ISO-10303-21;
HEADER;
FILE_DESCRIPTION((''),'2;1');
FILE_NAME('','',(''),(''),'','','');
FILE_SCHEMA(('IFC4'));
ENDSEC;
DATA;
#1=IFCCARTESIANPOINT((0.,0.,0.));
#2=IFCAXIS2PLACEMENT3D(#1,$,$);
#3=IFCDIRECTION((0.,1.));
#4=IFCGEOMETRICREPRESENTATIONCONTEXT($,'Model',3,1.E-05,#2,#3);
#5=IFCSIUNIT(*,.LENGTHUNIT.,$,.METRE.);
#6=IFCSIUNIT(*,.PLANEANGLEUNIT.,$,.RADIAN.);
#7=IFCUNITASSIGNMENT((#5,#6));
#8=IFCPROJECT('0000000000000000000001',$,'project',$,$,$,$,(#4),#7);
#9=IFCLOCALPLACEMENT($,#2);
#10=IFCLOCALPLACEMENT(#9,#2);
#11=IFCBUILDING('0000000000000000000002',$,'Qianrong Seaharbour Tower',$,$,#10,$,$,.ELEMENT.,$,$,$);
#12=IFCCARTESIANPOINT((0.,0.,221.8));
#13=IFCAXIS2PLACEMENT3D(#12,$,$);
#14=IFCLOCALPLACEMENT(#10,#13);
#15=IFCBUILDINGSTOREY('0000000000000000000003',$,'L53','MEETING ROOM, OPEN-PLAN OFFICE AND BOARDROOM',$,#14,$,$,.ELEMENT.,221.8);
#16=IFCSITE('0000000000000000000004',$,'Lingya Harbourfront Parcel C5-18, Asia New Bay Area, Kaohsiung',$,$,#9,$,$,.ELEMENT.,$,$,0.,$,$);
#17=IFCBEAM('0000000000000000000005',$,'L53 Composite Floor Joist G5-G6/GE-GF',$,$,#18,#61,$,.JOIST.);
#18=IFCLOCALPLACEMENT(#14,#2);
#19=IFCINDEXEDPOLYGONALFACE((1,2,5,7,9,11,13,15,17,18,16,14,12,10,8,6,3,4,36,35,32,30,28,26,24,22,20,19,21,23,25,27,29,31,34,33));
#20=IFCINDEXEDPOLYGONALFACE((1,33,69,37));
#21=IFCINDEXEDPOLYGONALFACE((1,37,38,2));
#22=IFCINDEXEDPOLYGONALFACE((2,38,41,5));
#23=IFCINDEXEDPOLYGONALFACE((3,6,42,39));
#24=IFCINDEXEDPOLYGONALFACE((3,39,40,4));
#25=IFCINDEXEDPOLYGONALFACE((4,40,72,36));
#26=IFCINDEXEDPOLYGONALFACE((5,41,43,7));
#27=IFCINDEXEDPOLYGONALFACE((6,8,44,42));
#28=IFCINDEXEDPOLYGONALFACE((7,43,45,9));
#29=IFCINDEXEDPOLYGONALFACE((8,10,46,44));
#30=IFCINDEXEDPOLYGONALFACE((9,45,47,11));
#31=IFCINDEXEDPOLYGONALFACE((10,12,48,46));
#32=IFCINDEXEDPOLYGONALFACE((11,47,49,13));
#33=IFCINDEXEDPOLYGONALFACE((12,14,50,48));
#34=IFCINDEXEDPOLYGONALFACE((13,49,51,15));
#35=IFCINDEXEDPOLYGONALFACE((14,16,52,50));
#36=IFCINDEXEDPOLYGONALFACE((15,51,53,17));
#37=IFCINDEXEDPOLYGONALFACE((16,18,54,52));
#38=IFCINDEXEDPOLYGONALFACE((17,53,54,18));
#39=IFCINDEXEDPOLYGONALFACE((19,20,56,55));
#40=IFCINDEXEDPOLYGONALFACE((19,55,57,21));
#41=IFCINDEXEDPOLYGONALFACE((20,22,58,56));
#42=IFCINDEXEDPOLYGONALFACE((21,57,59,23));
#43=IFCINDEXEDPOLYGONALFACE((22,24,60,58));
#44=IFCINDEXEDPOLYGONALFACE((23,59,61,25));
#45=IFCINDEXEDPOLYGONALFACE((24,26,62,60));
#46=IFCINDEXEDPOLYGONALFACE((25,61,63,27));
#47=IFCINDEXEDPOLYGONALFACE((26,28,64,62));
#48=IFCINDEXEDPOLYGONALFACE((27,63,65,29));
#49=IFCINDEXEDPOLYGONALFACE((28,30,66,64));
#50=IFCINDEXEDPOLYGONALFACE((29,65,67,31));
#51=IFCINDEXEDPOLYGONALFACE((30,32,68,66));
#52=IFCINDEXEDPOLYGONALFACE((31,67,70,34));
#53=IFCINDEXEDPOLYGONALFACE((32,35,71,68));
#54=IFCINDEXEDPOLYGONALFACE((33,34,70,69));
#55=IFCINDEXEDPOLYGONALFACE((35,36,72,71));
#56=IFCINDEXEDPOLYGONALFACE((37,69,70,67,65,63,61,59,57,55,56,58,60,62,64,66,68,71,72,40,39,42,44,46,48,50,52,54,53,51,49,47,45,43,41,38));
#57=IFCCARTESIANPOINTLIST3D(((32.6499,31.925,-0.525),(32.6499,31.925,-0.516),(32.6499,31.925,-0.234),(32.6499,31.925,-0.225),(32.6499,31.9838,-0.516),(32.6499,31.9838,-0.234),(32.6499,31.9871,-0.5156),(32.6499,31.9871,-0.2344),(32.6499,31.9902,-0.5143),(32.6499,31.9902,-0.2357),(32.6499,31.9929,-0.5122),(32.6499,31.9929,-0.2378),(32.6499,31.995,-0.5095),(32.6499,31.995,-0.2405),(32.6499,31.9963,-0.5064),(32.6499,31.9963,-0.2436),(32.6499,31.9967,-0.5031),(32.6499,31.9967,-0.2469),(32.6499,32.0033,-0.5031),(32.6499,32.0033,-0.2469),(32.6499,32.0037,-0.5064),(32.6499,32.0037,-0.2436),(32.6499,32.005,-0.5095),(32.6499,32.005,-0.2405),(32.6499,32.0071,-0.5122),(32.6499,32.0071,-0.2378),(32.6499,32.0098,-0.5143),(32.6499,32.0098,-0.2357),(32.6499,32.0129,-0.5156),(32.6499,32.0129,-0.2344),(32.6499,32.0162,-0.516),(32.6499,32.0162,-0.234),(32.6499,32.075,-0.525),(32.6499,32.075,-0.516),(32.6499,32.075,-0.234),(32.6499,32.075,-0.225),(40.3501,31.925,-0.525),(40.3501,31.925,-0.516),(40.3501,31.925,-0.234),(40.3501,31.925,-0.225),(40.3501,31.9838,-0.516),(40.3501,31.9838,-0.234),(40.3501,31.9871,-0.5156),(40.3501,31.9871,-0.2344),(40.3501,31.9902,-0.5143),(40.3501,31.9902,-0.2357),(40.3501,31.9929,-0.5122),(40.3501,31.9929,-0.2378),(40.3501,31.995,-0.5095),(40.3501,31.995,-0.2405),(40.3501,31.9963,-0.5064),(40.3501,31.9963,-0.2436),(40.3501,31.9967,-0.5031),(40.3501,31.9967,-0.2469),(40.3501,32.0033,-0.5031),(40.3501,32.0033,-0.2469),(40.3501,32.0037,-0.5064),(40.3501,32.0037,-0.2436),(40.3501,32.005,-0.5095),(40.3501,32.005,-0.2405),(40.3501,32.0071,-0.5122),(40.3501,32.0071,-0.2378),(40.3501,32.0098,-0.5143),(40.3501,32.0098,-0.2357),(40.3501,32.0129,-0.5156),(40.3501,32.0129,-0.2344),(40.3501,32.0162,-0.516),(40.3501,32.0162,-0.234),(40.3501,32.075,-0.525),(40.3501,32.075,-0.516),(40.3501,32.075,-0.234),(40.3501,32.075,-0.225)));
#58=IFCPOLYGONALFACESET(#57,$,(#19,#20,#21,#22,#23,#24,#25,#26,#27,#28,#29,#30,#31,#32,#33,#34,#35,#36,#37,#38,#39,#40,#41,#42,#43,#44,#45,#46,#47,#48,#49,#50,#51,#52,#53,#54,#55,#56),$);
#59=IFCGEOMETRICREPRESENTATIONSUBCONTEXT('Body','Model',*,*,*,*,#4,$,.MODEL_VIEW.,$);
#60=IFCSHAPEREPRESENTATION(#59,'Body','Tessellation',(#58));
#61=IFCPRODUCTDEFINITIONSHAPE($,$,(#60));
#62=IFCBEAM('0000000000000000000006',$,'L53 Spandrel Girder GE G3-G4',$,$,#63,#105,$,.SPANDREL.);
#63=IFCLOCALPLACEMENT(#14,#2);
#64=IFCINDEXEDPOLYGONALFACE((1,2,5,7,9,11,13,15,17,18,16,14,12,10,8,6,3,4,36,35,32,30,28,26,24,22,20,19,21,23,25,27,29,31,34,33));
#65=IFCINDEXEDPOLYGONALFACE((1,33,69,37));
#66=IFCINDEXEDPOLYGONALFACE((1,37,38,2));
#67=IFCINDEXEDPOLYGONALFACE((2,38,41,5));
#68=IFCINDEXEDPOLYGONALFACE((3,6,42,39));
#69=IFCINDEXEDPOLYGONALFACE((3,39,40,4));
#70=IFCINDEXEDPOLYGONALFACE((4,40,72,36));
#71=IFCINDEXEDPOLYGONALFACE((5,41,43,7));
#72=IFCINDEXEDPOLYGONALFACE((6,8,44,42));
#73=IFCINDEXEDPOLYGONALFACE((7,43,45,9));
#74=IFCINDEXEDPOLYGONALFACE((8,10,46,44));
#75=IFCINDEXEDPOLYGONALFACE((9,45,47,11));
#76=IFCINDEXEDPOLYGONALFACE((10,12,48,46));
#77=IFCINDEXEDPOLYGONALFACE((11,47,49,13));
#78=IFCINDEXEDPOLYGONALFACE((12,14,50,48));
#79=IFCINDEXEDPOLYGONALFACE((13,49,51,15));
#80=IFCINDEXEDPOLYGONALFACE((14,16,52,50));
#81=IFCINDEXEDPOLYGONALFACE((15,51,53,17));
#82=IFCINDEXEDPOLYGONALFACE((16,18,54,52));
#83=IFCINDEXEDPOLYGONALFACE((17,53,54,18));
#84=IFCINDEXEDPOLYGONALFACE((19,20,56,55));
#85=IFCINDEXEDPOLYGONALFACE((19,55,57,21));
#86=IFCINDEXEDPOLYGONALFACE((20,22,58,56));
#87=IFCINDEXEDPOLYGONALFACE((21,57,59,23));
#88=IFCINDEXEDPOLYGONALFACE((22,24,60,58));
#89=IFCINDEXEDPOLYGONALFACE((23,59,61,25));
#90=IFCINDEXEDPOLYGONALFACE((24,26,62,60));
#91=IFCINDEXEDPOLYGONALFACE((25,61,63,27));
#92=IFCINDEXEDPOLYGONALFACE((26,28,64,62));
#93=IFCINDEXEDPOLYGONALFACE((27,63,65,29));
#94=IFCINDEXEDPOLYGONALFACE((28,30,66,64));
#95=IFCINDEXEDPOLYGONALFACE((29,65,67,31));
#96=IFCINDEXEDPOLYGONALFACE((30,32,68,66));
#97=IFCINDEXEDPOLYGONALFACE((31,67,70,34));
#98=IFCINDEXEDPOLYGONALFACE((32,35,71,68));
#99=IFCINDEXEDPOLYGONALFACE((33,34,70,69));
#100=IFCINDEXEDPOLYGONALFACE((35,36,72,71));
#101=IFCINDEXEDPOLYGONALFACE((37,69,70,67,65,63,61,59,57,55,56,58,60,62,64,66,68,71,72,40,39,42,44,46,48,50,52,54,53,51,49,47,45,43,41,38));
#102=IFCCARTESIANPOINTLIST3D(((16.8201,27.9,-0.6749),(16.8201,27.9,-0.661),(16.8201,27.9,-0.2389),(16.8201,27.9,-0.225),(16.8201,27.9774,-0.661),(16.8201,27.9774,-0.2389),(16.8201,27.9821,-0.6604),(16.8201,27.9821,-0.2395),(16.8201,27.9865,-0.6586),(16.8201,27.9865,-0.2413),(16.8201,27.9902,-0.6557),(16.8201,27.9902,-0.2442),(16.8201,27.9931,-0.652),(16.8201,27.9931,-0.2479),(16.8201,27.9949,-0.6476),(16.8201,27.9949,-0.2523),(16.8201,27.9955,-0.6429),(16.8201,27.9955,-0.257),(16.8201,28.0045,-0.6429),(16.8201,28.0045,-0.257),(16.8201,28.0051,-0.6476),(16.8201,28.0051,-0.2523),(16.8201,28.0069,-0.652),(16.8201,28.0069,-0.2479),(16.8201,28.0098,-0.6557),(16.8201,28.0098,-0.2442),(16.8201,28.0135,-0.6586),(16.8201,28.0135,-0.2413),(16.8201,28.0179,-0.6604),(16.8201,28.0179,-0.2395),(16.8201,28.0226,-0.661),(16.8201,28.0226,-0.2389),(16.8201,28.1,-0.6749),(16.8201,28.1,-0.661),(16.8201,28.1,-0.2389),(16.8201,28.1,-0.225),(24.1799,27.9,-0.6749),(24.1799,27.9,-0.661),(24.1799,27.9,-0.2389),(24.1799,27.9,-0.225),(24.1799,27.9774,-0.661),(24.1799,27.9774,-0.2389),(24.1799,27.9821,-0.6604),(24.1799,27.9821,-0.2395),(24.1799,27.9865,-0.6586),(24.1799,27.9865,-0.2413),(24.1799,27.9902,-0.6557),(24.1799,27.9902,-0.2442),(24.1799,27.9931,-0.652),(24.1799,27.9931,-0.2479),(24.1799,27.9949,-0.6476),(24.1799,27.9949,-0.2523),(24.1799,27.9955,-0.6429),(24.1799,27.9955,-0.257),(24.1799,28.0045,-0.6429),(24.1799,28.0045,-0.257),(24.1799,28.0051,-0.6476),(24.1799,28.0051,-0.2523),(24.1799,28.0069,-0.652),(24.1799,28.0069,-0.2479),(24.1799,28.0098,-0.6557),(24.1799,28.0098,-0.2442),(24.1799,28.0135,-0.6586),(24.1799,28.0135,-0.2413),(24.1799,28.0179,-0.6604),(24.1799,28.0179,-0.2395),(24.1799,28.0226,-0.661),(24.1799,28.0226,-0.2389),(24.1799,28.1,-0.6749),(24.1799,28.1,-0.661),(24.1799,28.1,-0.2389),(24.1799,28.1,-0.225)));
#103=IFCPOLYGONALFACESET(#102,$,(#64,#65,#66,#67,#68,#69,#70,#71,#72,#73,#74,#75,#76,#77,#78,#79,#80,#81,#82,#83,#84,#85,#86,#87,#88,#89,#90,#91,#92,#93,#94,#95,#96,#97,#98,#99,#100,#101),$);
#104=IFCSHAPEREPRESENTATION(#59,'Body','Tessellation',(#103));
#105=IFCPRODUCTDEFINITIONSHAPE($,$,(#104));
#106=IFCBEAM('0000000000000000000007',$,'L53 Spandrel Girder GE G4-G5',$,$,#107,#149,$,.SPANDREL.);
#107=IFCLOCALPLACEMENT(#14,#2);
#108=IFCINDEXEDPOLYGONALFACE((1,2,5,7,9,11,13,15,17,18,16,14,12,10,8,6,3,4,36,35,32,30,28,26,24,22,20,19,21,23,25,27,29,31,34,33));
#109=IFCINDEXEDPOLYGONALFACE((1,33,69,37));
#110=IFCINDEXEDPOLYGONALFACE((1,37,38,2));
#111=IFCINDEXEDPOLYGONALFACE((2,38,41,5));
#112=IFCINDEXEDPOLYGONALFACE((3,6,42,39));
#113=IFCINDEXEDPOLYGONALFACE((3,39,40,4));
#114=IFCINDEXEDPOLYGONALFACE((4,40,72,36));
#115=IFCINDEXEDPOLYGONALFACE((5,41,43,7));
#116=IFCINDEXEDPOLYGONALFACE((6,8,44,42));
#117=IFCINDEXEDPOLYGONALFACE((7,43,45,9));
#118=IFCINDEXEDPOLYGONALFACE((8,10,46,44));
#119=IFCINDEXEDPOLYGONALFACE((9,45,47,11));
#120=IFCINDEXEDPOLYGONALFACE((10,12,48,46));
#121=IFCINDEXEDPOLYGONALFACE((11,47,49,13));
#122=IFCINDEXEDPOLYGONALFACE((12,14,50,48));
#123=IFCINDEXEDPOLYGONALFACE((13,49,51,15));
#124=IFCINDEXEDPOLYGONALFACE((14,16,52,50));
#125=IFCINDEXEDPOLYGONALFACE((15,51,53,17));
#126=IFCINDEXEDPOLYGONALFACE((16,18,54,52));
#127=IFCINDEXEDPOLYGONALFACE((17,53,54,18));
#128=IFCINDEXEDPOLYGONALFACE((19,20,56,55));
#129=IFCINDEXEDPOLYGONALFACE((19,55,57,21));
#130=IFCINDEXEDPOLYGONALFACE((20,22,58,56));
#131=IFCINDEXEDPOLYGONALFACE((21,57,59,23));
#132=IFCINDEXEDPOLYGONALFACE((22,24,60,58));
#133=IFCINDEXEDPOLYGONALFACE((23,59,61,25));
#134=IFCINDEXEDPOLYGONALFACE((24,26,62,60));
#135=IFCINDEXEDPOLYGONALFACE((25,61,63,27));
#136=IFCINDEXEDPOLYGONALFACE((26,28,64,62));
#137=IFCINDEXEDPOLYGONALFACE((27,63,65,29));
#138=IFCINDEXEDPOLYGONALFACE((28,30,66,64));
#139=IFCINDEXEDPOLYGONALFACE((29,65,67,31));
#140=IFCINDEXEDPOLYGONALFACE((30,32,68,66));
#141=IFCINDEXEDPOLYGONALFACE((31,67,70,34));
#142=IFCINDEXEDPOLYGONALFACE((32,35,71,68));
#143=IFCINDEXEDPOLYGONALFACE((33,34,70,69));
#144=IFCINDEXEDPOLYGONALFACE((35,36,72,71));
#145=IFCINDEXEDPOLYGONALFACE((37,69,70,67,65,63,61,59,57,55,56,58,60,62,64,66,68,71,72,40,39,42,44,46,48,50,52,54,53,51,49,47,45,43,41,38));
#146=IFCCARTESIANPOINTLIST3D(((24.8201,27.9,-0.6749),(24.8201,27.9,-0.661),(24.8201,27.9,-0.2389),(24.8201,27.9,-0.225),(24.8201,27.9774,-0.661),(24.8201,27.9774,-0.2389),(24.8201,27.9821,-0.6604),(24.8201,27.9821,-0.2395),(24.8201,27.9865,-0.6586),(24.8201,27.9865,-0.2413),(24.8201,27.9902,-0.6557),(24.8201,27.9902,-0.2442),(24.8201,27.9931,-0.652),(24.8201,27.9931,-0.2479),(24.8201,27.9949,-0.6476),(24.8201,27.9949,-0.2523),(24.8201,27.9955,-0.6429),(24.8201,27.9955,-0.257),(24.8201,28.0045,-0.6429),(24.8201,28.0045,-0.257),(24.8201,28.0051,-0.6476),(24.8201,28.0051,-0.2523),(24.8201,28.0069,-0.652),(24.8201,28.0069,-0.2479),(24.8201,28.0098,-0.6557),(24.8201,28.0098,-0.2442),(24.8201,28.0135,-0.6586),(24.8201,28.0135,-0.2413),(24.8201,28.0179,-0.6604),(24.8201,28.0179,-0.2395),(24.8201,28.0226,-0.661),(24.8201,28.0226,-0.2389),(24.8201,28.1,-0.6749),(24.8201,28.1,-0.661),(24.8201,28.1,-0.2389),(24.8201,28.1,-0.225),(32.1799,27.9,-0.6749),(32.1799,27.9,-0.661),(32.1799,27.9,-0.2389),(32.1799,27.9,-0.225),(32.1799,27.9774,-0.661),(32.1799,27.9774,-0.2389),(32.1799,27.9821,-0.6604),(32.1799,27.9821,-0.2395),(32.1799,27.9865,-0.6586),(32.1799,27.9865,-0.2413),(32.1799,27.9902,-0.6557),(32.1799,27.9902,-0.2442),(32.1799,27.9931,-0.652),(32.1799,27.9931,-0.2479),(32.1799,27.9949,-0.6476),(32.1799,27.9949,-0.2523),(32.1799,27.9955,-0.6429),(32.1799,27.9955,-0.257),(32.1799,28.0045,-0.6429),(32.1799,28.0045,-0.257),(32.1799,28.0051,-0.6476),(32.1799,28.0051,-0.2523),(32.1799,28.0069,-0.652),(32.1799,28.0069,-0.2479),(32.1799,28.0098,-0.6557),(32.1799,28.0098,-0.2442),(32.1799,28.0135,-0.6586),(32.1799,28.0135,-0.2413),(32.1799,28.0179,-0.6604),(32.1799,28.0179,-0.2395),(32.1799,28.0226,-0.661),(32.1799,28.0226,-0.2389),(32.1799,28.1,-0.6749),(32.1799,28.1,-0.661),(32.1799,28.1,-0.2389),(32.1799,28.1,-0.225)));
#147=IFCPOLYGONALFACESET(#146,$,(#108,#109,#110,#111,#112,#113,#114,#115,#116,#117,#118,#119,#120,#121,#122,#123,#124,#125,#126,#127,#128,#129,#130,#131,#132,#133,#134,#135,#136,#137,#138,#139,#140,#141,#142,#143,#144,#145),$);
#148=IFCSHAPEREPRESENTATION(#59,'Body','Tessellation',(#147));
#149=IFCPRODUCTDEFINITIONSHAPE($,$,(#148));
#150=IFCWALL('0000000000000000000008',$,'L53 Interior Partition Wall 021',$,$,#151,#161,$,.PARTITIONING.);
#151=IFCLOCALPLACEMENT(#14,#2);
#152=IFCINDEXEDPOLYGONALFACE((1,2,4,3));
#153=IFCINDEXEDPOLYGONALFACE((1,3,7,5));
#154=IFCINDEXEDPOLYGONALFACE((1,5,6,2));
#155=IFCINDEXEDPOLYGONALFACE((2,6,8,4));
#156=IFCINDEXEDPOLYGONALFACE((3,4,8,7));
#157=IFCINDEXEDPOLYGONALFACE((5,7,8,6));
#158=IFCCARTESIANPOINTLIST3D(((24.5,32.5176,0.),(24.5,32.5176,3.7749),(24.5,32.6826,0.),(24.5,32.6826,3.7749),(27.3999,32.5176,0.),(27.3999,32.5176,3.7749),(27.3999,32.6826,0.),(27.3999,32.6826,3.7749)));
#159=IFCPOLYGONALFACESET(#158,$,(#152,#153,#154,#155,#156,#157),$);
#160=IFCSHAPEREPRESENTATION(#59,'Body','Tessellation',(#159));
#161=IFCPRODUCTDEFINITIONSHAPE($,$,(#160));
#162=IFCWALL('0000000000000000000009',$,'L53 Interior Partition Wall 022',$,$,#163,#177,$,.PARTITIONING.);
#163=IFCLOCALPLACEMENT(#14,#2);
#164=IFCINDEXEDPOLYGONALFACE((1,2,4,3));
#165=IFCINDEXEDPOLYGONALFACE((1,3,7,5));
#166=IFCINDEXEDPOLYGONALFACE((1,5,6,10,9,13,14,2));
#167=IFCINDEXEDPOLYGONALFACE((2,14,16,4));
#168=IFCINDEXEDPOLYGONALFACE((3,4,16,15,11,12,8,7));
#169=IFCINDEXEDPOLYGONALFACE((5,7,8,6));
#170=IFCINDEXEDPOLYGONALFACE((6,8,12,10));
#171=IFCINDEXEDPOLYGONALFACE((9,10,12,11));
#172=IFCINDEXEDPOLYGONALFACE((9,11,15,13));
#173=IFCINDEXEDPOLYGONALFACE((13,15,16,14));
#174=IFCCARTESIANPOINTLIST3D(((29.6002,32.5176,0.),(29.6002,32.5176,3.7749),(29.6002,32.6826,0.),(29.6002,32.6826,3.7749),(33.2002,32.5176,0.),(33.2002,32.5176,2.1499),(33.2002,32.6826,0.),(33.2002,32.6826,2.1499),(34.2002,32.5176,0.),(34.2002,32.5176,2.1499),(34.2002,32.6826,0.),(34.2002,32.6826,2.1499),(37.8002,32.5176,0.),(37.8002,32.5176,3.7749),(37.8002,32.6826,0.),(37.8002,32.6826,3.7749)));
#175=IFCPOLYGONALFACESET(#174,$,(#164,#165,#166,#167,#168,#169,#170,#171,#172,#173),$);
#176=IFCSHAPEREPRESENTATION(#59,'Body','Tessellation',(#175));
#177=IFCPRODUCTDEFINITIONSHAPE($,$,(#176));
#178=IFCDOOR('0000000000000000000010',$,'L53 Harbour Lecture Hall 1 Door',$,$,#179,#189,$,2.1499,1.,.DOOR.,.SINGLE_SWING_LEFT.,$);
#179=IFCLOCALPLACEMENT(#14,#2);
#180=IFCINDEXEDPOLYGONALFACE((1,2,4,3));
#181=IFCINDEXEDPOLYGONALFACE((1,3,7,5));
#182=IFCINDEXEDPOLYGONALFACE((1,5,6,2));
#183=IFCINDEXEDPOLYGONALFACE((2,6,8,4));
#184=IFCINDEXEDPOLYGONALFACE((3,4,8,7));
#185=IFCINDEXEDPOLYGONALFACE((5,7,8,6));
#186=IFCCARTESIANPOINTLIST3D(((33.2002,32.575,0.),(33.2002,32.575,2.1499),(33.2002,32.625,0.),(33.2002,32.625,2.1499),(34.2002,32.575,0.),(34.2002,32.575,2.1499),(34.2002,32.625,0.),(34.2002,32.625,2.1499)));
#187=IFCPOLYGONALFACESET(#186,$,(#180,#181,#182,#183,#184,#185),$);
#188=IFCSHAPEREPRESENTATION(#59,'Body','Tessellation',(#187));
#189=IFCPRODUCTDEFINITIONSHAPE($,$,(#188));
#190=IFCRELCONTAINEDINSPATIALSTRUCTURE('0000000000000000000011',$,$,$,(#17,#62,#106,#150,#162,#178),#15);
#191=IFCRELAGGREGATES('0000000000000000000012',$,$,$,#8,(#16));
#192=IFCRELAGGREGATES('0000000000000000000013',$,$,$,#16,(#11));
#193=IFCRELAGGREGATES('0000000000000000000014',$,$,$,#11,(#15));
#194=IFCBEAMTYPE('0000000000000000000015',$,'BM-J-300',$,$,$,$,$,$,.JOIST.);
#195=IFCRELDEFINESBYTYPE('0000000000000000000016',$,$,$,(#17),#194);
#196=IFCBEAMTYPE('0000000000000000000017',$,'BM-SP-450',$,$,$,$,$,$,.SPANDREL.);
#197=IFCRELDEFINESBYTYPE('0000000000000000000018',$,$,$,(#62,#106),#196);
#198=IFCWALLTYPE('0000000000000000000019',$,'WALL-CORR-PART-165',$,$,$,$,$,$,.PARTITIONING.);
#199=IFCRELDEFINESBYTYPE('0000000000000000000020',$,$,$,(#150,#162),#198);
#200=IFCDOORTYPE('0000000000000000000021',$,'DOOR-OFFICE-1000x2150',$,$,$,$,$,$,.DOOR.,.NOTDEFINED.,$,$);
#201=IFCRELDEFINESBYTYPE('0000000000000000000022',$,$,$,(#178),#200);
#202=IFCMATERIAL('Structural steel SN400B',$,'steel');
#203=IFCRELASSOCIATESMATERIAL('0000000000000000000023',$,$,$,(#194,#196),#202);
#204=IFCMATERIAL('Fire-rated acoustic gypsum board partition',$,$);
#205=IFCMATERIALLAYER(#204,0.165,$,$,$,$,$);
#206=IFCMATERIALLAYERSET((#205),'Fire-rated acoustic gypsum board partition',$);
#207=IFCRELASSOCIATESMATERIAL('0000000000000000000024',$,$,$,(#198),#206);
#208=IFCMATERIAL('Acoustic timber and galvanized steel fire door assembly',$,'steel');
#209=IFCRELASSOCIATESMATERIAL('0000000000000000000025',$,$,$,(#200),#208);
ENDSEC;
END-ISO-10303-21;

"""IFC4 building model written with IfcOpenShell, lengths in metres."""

from ifc_helpers import new_model, si_unit, direction, frame, frame_2d, origin, origin_2d, place, context, subcontext, project, spatial, rectangle, i_section, extrude, material, layer, layer_set, material_profile, profile_set, type_object, element, fill, save


model = new_model("IFC4")

# Units and contexts
model_context = context("Model", 3, precision=1e-05, world=origin(), true_north=direction((0.0, 1.0)))
body_context = subcontext(model_context, "Body", "Model", "MODEL_VIEW")
ifc_project = project(units=[si_unit("LENGTHUNIT", "METRE"), si_unit("PLANEANGLEUNIT", "RADIAN")], contexts=[model_context])

# Site, building, storey
site_placement = place(None, origin())
site = spatial("IfcSite", under=ifc_project, at=site_placement, Name="Lingya Harbourfront Parcel C5-18, Asia New Bay Area, Kaohsiung", CompositionType="ELEMENT", RefElevation=0.0)
building_placement = place(site_placement, origin())
building = spatial("IfcBuilding", under=site, at=building_placement, Name="Qianrong Seaharbour Tower", CompositionType="ELEMENT")
storey_placement = place(building_placement, frame((0.0, 0.0, 221.8)))
storey = spatial("IfcBuildingStorey", under=building, at=storey_placement, Name="L53", Description="MEETING ROOM, OPEN-PLAN OFFICE AND BOARDROOM", CompositionType="ELEMENT", Elevation=221.8)

# Beams
ifc_material_1 = material(Name="Structural steel SN400B", Category="steel")
ifc_material_profile_1 = material_profile(ifc_material_1, i_section(OverallWidth=0.1499, OverallDepth=0.3, WebThickness=0.0066, FlangeThickness=0.009, FilletRadius=0.0129, at=origin_2d()), Name="H300x150x6.5x9")
ifc_profile_set_1 = profile_set([ifc_material_profile_1], Name="Structural steel SN400B")
beam_type_1 = type_object("IfcBeamType", Name="BM-J-300", PredefinedType="JOIST", material=ifc_profile_set_1)
for number, where, z_axis, x_axis, name in (
    (1, (32.6499, 32.0, -0.375), (1.0, 0.0, 0.0), (0.0, 1.0, 0.0), "L53 Composite Floor Joist G5-G6/GE-GF"),
):
    element("IfcBeam", number, at=place(storey_placement, frame(where, z_axis=z_axis, x_axis=x_axis)), inside=storey, type_object=beam_type_1, Name=name, PredefinedType="JOIST", context=body_context, shape_type="SweptSolid", body=[
        extrude(i_section(OverallWidth=0.1499, OverallDepth=0.3, WebThickness=0.0066, FlangeThickness=0.009, FilletRadius=0.0129, at=origin_2d()), origin(), (0.0, 0.0, 1.0), 7.7002),
    ])
ifc_material_profile_2 = material_profile(ifc_material_1, i_section(OverallWidth=0.2, OverallDepth=0.45, WebThickness=0.009, FlangeThickness=0.0139, FilletRadius=0.0181, at=origin_2d()), Name="H450x200x9x14")
ifc_profile_set_2 = profile_set([ifc_material_profile_2], Name="Structural steel SN400B")
beam_type_2 = type_object("IfcBeamType", Name="BM-SP-450", PredefinedType="SPANDREL", material=ifc_profile_set_2)
for number, where, z_axis, x_axis, name in (
    (2, (16.8201, 28.0, -0.45), (1.0, 0.0, 0.0), (0.0, 1.0, 0.0), "L53 Spandrel Girder GE G3-G4"),
    (3, (24.8201, 28.0, -0.45), (1.0, 0.0, 0.0), (0.0, 1.0, 0.0), "L53 Spandrel Girder GE G4-G5"),
):
    element("IfcBeam", number, at=place(storey_placement, frame(where, z_axis=z_axis, x_axis=x_axis)), inside=storey, type_object=beam_type_2, Name=name, PredefinedType="SPANDREL", context=body_context, shape_type="SweptSolid", body=[
        extrude(i_section(OverallWidth=0.2, OverallDepth=0.45, WebThickness=0.009, FlangeThickness=0.0139, FilletRadius=0.0181, at=origin_2d()), origin(), (0.0, 0.0, 1.0), 7.3599),
    ])

# Wall
ifc_material_2 = material(Name="Fire-rated acoustic gypsum board partition")
ifc_layer = layer(ifc_material_2, 0.165)
ifc_layer_set = layer_set([ifc_layer], Name="Fire-rated acoustic gypsum board partition")
wall_type = type_object("IfcWallType", Name="WALL-CORR-PART-165", PredefinedType="PARTITIONING", material=ifc_layer_set)
wall_1_placement = place(storey_placement, frame((24.5, 32.6001, 0.0), z_axis=(0.0, 0.0, 1.0), x_axis=(1.0, 0.0, 0.0)))
element("IfcWall", 4, at=wall_1_placement, inside=storey, type_object=wall_type, Name="L53 Interior Partition Wall 021", PredefinedType="PARTITIONING", context=body_context, shape_type="SweptSolid", body=[
    extrude(rectangle(XDim=2.8999, YDim=0.165, at=frame_2d((1.45, 0.0))), origin(), (0.0, 0.0, 1.0), 3.7749),
])

# Wall, opening, door
wall_2_placement = place(storey_placement, frame((29.6001, 32.6001, 0.0), z_axis=(0.0, 0.0, 1.0), x_axis=(1.0, 0.0, 0.0)))
wall_2 = element("IfcWall", 5, at=wall_2_placement, inside=storey, type_object=wall_type, Name="L53 Interior Partition Wall 022", PredefinedType="PARTITIONING", context=body_context, shape_type="SweptSolid", body=[
    extrude(rectangle(XDim=8.2, YDim=0.165, at=frame_2d((4.1001, 0.0))), origin(), (0.0, 0.0, 1.0), 3.7749),
])
opening_1_placement = place(wall_2_placement, frame((3.6001, 0.0, 0.0)))
opening_1 = element("IfcOpeningElement", 6, at=opening_1_placement, cuts=wall_2, PredefinedType="OPENING", context=body_context, shape_type="SweptSolid", body=[
    extrude(rectangle(XDim=1.0, YDim=2.1499, at=frame_2d((0.5, 1.075))), frame((0.0, 0.0925, 0.0), z_axis=(0.0, -1.0, 0.0), x_axis=(1.0, 0.0, 0.0)), (0.0, 0.0, 1.0), 0.1851),
])
ifc_material_3 = material(Name="Acoustic timber and galvanized steel fire door assembly", Category="steel")
door_type = type_object("IfcDoorType", Name="DOOR-OFFICE-1000x2150", OperationType="NOTDEFINED", PredefinedType="DOOR", material=ifc_material_3)
door_1_placement = place(opening_1_placement, origin())
door_1 = element("IfcDoor", 7, at=door_1_placement, inside=storey, type_object=door_type, Name="L53 Harbour Lecture Hall 1 Door", OperationType="SINGLE_SWING_LEFT", OverallHeight=2.1499, OverallWidth=1.0, PredefinedType="DOOR", context=body_context, shape_type="SweptSolid", body=[
    extrude(rectangle(XDim=1.0, YDim=2.1499, at=frame_2d((0.5, 1.075))), frame((0.0, 0.0249, 0.0), z_axis=(0.0, -1.0, 0.0), x_axis=(1.0, 0.0, 0.0)), (0.0, 0.0, 1.0), 0.05),
])
fill(opening_1, door_1)

save(model, "model.ifc")
